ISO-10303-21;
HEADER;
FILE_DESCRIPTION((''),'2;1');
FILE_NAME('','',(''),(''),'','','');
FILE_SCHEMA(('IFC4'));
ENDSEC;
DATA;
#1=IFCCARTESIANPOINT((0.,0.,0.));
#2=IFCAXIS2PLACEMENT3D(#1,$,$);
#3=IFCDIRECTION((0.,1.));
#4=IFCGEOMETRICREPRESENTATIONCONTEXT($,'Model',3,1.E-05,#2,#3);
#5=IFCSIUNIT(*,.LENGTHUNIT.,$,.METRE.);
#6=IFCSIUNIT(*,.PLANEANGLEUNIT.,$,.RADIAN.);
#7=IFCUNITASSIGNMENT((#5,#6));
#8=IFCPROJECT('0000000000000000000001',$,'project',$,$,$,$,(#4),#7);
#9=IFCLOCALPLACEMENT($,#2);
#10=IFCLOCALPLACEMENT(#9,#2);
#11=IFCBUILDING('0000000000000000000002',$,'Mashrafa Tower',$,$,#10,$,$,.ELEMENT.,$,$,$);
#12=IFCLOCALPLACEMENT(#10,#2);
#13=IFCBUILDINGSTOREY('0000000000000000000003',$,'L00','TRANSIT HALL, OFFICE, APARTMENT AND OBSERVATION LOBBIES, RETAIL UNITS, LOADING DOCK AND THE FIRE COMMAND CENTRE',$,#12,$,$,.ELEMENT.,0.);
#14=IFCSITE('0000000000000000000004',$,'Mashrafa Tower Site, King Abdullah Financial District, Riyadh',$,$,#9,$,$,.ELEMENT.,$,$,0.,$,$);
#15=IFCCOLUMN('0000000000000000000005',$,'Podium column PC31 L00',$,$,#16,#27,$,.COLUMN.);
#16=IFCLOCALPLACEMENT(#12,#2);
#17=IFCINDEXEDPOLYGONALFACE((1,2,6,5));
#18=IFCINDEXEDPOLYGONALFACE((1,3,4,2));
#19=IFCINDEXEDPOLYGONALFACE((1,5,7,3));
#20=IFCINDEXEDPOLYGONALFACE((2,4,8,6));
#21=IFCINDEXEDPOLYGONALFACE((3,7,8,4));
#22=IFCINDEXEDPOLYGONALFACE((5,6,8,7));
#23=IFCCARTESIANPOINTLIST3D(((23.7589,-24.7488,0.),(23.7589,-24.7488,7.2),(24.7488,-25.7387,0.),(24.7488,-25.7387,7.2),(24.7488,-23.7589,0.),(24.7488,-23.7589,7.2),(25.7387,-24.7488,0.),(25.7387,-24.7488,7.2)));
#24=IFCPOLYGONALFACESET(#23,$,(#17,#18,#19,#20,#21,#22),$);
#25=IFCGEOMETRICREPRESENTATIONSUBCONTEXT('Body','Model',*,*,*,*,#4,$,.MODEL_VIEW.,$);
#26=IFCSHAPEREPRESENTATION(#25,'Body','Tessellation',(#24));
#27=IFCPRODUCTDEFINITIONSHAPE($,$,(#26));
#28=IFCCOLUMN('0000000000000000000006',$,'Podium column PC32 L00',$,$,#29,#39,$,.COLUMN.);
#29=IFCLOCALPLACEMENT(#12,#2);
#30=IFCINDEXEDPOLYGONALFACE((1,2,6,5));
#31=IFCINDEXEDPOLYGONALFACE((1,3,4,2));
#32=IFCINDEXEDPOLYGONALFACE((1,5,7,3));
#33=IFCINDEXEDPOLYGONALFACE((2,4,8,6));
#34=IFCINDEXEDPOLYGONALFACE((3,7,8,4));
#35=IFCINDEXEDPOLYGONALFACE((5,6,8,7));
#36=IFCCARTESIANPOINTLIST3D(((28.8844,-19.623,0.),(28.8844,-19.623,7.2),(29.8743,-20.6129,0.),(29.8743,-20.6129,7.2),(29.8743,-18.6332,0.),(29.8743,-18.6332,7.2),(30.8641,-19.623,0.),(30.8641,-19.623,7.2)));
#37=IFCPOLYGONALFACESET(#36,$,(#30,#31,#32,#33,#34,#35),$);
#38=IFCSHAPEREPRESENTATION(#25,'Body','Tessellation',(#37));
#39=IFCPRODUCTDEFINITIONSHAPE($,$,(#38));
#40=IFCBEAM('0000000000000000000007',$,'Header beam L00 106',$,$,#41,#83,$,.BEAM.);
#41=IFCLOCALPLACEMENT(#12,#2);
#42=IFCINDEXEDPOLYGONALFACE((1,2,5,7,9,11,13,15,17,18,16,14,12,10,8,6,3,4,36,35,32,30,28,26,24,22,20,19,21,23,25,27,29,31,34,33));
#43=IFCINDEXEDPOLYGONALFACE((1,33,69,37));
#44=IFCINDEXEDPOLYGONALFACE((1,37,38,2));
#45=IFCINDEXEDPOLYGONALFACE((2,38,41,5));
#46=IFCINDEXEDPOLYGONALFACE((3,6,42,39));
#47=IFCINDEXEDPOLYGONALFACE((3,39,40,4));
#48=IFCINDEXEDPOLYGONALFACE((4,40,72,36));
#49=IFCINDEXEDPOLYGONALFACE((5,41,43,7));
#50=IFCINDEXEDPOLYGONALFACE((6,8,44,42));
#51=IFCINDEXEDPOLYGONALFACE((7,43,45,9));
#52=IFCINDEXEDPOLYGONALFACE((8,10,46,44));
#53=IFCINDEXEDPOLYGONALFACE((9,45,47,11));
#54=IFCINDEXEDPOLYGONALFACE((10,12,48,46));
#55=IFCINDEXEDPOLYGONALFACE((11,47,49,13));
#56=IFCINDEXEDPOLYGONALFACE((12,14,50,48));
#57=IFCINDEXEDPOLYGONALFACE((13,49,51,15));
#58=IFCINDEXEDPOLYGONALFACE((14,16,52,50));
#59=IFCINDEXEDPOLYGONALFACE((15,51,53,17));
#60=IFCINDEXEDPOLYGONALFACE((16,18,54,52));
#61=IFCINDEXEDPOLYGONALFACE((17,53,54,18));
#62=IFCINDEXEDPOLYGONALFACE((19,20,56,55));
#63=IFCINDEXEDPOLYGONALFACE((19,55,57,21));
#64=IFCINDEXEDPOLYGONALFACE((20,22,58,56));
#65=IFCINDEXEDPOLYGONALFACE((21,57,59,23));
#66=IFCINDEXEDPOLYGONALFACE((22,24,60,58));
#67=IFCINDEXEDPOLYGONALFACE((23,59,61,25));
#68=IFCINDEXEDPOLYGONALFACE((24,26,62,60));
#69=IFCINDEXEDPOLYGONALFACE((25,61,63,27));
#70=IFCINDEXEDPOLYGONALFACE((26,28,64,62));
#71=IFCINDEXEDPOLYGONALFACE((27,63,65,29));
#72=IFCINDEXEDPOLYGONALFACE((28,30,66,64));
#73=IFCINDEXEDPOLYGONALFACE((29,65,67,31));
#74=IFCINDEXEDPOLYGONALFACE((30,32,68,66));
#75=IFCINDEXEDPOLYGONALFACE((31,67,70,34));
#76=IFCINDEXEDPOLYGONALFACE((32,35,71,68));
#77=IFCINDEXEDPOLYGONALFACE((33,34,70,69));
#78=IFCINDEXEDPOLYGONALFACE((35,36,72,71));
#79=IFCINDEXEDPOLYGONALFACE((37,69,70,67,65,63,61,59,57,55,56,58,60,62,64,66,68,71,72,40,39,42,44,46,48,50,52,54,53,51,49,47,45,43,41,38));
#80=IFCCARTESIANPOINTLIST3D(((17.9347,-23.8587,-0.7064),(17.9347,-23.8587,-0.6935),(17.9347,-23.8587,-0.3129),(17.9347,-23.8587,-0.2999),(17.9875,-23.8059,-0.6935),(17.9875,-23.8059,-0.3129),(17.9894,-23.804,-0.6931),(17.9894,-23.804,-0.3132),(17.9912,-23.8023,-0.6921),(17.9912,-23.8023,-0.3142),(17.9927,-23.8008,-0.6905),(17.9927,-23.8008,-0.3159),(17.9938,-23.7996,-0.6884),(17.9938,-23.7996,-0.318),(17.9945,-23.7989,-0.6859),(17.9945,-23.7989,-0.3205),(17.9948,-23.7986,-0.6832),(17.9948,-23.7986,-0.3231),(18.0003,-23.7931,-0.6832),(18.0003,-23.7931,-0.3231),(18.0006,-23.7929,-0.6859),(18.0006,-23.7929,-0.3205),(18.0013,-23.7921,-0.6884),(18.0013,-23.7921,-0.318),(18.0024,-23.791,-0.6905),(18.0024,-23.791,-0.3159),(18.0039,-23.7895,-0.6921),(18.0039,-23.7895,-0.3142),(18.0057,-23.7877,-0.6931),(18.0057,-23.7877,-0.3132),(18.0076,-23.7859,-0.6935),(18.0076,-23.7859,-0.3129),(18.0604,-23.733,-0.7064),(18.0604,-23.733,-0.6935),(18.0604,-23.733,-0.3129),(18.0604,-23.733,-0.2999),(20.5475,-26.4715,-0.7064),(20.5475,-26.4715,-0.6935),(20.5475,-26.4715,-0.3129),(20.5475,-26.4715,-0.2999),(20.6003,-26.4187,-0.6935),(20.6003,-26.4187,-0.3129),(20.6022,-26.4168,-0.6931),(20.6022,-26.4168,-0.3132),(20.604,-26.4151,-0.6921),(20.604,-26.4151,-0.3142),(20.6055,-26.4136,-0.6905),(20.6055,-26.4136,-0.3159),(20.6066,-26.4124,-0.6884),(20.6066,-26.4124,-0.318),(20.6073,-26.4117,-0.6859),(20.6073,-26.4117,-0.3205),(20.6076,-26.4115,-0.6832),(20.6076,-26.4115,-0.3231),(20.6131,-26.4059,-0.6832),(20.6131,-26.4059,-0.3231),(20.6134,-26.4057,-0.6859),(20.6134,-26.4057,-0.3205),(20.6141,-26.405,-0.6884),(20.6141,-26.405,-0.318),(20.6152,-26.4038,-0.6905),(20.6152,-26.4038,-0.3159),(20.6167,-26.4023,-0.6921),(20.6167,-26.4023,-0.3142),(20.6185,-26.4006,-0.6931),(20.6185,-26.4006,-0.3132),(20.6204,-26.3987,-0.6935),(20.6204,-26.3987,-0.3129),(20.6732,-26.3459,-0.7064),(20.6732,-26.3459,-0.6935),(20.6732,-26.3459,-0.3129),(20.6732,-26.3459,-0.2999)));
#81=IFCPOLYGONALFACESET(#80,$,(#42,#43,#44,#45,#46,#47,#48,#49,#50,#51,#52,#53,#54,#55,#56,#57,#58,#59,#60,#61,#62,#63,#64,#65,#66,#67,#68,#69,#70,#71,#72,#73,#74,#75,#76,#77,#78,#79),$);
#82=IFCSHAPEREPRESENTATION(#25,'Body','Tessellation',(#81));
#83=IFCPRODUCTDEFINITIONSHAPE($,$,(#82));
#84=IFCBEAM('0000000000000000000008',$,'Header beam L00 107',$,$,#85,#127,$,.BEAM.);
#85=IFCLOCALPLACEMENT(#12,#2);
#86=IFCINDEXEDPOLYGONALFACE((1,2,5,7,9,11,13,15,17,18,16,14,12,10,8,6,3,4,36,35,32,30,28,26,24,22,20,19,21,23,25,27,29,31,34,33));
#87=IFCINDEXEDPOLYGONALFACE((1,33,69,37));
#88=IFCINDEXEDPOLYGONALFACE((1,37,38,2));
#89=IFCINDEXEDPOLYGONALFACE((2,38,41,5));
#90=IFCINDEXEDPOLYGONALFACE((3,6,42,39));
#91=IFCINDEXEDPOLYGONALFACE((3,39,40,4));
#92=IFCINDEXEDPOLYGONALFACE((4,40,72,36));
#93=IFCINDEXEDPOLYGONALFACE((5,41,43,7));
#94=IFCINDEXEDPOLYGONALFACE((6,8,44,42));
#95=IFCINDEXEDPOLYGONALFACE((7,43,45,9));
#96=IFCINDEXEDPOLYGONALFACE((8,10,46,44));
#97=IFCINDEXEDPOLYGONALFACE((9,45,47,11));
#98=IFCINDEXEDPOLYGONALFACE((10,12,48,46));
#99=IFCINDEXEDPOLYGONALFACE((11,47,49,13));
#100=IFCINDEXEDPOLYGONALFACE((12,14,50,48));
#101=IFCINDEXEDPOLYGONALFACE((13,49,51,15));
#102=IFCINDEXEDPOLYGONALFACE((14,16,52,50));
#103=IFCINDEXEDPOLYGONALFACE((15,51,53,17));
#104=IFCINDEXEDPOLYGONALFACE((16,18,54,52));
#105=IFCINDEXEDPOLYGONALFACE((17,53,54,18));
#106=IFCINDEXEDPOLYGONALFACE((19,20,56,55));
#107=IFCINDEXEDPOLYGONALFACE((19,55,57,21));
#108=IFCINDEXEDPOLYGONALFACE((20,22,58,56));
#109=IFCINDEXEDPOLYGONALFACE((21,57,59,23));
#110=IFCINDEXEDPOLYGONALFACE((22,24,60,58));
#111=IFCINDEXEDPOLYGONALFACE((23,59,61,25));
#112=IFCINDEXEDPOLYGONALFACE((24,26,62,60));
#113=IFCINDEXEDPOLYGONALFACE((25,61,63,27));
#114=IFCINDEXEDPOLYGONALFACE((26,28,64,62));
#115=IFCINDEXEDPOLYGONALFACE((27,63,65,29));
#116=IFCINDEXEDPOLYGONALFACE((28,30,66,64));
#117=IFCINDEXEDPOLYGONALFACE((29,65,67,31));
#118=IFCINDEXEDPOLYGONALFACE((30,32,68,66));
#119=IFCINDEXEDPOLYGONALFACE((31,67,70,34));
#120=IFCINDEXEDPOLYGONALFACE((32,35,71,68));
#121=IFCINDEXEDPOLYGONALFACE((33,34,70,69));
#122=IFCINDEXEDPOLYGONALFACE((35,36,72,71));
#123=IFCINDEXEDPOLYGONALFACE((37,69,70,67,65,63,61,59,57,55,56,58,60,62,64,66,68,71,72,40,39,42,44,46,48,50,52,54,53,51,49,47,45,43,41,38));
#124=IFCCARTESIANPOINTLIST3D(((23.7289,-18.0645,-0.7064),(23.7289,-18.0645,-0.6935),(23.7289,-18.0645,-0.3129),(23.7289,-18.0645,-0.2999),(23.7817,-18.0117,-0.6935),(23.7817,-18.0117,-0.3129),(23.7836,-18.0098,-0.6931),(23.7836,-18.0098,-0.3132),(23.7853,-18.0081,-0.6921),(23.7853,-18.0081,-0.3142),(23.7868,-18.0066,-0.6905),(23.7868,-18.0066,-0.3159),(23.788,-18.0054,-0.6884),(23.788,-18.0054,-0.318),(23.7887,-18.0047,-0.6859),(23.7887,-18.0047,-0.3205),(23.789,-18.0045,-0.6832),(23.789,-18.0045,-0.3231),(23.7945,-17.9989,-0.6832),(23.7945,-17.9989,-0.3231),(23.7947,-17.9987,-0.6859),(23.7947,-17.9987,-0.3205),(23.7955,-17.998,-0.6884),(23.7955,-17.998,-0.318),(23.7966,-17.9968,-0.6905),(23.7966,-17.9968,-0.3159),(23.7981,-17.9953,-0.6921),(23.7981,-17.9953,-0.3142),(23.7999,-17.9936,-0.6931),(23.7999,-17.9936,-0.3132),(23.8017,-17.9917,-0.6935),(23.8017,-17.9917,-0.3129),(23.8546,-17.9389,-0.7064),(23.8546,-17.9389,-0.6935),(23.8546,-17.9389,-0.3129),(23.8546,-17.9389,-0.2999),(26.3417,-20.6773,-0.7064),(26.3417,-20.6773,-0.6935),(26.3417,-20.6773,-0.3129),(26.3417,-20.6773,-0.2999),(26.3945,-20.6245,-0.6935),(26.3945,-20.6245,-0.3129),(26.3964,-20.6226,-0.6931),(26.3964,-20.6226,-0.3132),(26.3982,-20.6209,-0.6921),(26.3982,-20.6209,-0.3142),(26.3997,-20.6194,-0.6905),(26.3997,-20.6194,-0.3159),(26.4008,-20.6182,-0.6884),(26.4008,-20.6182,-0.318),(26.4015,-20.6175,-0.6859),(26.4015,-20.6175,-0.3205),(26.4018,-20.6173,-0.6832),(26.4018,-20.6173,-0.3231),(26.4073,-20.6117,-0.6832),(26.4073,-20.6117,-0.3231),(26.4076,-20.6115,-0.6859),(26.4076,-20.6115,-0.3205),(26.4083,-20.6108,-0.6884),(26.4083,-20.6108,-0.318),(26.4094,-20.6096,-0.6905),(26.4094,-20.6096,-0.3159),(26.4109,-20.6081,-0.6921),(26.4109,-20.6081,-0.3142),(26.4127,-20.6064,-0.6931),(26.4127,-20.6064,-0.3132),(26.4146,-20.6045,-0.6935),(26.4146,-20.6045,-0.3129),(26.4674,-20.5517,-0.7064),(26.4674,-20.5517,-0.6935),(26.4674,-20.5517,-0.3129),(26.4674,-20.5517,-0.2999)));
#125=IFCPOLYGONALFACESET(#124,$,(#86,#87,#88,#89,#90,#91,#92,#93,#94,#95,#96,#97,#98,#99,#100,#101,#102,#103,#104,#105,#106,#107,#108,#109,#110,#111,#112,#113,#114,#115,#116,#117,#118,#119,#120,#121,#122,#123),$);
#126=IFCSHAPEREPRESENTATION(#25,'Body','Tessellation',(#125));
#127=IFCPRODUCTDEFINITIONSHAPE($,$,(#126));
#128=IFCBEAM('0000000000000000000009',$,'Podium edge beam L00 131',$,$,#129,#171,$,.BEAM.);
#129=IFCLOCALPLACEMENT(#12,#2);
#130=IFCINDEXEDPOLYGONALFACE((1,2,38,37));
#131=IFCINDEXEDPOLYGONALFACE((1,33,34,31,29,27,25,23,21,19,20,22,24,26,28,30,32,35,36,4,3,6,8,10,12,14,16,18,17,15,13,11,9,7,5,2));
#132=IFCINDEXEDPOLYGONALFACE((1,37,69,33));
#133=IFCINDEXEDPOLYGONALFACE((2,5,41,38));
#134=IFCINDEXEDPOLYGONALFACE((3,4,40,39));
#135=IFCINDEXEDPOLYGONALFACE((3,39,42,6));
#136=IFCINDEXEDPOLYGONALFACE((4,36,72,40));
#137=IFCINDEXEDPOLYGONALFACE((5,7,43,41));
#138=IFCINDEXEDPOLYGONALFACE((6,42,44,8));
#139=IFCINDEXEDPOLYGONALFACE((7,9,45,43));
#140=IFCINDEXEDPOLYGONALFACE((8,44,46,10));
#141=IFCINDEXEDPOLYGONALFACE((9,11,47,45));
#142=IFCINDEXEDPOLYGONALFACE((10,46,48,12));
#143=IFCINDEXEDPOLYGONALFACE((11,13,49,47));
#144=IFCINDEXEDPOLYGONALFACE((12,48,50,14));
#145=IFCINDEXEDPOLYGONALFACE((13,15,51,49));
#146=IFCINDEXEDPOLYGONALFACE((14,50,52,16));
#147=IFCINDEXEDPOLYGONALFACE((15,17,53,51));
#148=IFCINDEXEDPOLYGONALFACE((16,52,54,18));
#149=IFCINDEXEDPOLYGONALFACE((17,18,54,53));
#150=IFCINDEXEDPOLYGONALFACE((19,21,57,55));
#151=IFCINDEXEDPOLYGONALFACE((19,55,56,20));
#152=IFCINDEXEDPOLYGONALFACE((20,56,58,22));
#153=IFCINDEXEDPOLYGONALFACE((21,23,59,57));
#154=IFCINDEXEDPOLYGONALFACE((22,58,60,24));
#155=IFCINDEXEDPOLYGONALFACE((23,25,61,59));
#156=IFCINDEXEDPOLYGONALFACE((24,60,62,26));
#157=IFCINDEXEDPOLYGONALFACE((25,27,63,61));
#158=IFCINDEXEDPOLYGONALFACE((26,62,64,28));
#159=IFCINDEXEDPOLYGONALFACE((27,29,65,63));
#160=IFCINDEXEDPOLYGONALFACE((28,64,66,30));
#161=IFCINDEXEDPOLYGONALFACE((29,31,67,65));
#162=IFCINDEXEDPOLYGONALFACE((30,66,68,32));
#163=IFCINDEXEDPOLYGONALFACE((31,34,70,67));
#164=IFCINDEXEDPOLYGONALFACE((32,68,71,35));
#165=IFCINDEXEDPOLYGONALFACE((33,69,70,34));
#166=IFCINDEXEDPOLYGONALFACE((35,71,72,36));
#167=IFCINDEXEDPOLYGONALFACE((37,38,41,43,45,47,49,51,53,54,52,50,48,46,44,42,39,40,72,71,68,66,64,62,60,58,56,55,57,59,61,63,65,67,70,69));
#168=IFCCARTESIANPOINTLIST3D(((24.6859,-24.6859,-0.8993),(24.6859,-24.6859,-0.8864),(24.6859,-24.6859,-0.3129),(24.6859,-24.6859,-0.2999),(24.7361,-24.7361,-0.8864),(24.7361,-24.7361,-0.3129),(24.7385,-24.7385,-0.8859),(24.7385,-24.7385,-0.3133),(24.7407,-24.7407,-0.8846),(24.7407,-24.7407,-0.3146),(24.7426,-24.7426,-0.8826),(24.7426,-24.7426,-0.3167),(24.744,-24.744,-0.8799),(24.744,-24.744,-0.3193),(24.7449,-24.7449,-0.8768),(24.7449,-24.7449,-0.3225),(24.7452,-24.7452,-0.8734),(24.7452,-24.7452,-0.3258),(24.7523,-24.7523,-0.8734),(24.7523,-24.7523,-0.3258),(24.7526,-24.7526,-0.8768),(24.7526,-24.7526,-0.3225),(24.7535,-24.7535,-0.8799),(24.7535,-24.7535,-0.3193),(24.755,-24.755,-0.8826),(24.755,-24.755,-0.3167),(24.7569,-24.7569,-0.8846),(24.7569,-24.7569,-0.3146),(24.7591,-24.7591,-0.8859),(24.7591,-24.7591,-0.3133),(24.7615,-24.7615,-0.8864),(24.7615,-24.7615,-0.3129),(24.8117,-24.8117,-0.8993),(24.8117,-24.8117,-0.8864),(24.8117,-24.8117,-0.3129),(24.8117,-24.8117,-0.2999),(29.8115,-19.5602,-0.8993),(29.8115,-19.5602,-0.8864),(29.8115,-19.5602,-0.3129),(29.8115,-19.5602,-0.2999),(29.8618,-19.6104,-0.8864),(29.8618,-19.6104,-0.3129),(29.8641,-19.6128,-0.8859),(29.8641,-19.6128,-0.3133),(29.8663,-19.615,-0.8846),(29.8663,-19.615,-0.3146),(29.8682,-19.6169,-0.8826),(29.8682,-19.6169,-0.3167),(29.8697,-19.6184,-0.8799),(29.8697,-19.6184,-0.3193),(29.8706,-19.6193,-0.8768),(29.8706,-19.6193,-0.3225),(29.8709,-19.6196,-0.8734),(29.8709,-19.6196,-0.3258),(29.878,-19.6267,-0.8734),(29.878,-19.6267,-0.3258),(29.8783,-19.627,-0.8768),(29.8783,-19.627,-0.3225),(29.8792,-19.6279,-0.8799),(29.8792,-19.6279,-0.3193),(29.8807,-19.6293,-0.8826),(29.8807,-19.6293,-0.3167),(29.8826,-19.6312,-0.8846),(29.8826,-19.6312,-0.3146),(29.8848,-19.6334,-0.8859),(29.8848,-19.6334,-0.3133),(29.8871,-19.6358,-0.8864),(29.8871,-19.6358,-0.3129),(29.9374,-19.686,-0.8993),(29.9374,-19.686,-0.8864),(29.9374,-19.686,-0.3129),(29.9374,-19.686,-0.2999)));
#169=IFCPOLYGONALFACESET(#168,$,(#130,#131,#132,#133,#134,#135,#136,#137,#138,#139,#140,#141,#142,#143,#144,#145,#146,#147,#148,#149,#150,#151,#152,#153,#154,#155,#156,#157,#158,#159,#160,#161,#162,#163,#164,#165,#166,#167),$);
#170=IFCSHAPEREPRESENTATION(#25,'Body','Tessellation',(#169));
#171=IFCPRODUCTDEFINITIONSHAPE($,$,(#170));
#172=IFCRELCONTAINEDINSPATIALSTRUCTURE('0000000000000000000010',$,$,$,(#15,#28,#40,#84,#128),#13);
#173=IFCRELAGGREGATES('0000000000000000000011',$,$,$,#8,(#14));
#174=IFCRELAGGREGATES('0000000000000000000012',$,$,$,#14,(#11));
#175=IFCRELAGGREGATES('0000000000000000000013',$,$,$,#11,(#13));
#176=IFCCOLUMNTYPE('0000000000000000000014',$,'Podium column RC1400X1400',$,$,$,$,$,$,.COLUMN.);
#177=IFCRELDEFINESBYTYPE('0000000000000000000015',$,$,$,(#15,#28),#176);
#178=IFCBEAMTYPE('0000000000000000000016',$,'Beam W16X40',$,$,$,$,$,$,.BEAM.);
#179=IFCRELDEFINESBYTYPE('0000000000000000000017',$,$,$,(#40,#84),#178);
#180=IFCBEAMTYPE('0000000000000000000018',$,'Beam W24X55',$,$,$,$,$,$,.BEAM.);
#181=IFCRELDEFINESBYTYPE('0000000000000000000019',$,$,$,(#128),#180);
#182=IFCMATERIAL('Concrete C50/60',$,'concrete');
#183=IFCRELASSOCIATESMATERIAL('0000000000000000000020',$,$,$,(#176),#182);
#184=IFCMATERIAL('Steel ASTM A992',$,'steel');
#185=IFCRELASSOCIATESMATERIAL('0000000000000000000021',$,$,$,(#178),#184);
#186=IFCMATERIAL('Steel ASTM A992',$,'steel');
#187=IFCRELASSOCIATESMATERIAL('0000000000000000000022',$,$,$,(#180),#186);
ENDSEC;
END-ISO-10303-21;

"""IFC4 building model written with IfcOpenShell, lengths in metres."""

from ifc_helpers import new_model, si_unit, direction, frame, origin, origin_2d, place, context, subcontext, project, spatial, rectangle, i_section, extrude, material, material_profile, profile_set, type_object, element, save


model = new_model("IFC4")

# Units and contexts
model_context = context("Model", 3, precision=1e-05, world=origin(), true_north=direction((0.0, 1.0)))
body_context = subcontext(model_context, "Body", "Model", "MODEL_VIEW")
ifc_project = project(units=[si_unit("LENGTHUNIT", "METRE"), si_unit("PLANEANGLEUNIT", "RADIAN")], contexts=[model_context])

# Site, building, storey
site_placement = place(None, origin())
site = spatial("IfcSite", under=ifc_project, at=site_placement, Name="Mashrafa Tower Site, King Abdullah Financial District, Riyadh", CompositionType="ELEMENT", RefElevation=0.0)
building_placement = place(site_placement, origin())
building = spatial("IfcBuilding", under=site, at=building_placement, Name="Mashrafa Tower", CompositionType="ELEMENT")
storey_placement = place(building_placement, origin())
storey = spatial("IfcBuildingStorey", under=building, at=storey_placement, Name="L00", Description="TRANSIT HALL, OFFICE, APARTMENT AND OBSERVATION LOBBIES, RETAIL UNITS, LOADING DOCK AND THE FIRE COMMAND CENTRE", CompositionType="ELEMENT", Elevation=0.0)

# Columns
ifc_material_1 = material(Name="Concrete C50/60", Category="concrete")
ifc_material_profile_1 = material_profile(ifc_material_1, rectangle(XDim=1.3999, YDim=1.3999, at=origin_2d()), Name="RC1400X1400")
ifc_profile_set_1 = profile_set([ifc_material_profile_1], Name="Concrete C50/60")
column_type = type_object("IfcColumnType", Name="Podium column RC1400X1400", PredefinedType="COLUMN", material=ifc_profile_set_1)
for number, where, z_axis, x_axis, name in (
    (1, (24.7488, -24.7488, 0.0), (0.0, 0.0, 1.0), (0.707107, 0.707107, 0.0), "Podium column PC31 L00"),
    (2, (29.8743, -19.623, 0.0), (0.0, 0.0, 1.0), (0.707107, 0.707107, 0.0), "Podium column PC32 L00"),
):
    element("IfcColumn", number, at=place(storey_placement, frame(where, z_axis=z_axis, x_axis=x_axis)), inside=storey, type_object=column_type, Name=name, PredefinedType="COLUMN", context=body_context, shape_type="SweptSolid", body=[
        extrude(rectangle(XDim=1.3999, YDim=1.3999, at=origin_2d()), origin(), (0.0, 0.0, 1.0), 7.2),
    ])

# Beams
ifc_material_2 = material(Name="Steel ASTM A992", Category="steel")
ifc_material_profile_2 = material_profile(ifc_material_2, i_section(OverallWidth=0.1777, OverallDepth=0.4065, WebThickness=0.0078, FlangeThickness=0.0129, FilletRadius=0.0103, at=origin_2d()), Name="W16X40")
ifc_profile_set_2 = profile_set([ifc_material_profile_2], Name="Steel ASTM A992")
beam_type_1 = type_object("IfcBeamType", Name="Beam W16X40", PredefinedType="BEAM", material=ifc_profile_set_2)
for number, where, z_axis, x_axis, name in (
    (3, (20.6104, -26.4087, -0.5032), (-0.707107, 0.707107, 0.0), (-0.707107, -0.707107, 0.0), "Header beam L00 106"),
    (4, (26.4045, -20.6145, -0.5032), (-0.707107, 0.707107, 0.0), (-0.707107, -0.707107, 0.0), "Header beam L00 107"),
):
    element("IfcBeam", number, at=place(storey_placement, frame(where, z_axis=z_axis, x_axis=x_axis)), inside=storey, type_object=beam_type_1, Name=name, PredefinedType="BEAM", context=body_context, shape_type="SweptSolid", body=[
        extrude(i_section(OverallWidth=0.1777, OverallDepth=0.4065, WebThickness=0.0078, FlangeThickness=0.0129, FilletRadius=0.0103, at=origin_2d()), origin(), (0.0, 0.0, 1.0), 3.6951),
    ])
ifc_material_3 = material(Name="Steel ASTM A992", Category="steel")
ifc_material_profile_3 = material_profile(ifc_material_3, i_section(OverallWidth=0.178, OverallDepth=0.5994, WebThickness=0.01, FlangeThickness=0.0129, FilletRadius=0.0129, at=origin_2d()), Name="W24X55")
ifc_profile_set_3 = profile_set([ifc_material_profile_3], Name="Steel ASTM A992")
beam_type_2 = type_object("IfcBeamType", Name="Beam W24X55", PredefinedType="BEAM", material=ifc_profile_set_3)
beam_1_placement = place(storey_placement, frame((24.7488, -24.7488, -0.5996), z_axis=(0.707107, 0.707107, 0.0), x_axis=(-0.707107, 0.707107, 0.0)))
element("IfcBeam", 5, at=beam_1_placement, inside=storey, type_object=beam_type_2, Name="Podium edge beam L00 131", PredefinedType="BEAM", context=body_context, shape_type="SweptSolid", body=[
    extrude(i_section(OverallWidth=0.178, OverallDepth=0.5994, WebThickness=0.01, FlangeThickness=0.0129, FilletRadius=0.0129, at=origin_2d()), origin(), (0.0, 0.0, 1.0), 7.2488),
])

save(model, "model.ifc")
